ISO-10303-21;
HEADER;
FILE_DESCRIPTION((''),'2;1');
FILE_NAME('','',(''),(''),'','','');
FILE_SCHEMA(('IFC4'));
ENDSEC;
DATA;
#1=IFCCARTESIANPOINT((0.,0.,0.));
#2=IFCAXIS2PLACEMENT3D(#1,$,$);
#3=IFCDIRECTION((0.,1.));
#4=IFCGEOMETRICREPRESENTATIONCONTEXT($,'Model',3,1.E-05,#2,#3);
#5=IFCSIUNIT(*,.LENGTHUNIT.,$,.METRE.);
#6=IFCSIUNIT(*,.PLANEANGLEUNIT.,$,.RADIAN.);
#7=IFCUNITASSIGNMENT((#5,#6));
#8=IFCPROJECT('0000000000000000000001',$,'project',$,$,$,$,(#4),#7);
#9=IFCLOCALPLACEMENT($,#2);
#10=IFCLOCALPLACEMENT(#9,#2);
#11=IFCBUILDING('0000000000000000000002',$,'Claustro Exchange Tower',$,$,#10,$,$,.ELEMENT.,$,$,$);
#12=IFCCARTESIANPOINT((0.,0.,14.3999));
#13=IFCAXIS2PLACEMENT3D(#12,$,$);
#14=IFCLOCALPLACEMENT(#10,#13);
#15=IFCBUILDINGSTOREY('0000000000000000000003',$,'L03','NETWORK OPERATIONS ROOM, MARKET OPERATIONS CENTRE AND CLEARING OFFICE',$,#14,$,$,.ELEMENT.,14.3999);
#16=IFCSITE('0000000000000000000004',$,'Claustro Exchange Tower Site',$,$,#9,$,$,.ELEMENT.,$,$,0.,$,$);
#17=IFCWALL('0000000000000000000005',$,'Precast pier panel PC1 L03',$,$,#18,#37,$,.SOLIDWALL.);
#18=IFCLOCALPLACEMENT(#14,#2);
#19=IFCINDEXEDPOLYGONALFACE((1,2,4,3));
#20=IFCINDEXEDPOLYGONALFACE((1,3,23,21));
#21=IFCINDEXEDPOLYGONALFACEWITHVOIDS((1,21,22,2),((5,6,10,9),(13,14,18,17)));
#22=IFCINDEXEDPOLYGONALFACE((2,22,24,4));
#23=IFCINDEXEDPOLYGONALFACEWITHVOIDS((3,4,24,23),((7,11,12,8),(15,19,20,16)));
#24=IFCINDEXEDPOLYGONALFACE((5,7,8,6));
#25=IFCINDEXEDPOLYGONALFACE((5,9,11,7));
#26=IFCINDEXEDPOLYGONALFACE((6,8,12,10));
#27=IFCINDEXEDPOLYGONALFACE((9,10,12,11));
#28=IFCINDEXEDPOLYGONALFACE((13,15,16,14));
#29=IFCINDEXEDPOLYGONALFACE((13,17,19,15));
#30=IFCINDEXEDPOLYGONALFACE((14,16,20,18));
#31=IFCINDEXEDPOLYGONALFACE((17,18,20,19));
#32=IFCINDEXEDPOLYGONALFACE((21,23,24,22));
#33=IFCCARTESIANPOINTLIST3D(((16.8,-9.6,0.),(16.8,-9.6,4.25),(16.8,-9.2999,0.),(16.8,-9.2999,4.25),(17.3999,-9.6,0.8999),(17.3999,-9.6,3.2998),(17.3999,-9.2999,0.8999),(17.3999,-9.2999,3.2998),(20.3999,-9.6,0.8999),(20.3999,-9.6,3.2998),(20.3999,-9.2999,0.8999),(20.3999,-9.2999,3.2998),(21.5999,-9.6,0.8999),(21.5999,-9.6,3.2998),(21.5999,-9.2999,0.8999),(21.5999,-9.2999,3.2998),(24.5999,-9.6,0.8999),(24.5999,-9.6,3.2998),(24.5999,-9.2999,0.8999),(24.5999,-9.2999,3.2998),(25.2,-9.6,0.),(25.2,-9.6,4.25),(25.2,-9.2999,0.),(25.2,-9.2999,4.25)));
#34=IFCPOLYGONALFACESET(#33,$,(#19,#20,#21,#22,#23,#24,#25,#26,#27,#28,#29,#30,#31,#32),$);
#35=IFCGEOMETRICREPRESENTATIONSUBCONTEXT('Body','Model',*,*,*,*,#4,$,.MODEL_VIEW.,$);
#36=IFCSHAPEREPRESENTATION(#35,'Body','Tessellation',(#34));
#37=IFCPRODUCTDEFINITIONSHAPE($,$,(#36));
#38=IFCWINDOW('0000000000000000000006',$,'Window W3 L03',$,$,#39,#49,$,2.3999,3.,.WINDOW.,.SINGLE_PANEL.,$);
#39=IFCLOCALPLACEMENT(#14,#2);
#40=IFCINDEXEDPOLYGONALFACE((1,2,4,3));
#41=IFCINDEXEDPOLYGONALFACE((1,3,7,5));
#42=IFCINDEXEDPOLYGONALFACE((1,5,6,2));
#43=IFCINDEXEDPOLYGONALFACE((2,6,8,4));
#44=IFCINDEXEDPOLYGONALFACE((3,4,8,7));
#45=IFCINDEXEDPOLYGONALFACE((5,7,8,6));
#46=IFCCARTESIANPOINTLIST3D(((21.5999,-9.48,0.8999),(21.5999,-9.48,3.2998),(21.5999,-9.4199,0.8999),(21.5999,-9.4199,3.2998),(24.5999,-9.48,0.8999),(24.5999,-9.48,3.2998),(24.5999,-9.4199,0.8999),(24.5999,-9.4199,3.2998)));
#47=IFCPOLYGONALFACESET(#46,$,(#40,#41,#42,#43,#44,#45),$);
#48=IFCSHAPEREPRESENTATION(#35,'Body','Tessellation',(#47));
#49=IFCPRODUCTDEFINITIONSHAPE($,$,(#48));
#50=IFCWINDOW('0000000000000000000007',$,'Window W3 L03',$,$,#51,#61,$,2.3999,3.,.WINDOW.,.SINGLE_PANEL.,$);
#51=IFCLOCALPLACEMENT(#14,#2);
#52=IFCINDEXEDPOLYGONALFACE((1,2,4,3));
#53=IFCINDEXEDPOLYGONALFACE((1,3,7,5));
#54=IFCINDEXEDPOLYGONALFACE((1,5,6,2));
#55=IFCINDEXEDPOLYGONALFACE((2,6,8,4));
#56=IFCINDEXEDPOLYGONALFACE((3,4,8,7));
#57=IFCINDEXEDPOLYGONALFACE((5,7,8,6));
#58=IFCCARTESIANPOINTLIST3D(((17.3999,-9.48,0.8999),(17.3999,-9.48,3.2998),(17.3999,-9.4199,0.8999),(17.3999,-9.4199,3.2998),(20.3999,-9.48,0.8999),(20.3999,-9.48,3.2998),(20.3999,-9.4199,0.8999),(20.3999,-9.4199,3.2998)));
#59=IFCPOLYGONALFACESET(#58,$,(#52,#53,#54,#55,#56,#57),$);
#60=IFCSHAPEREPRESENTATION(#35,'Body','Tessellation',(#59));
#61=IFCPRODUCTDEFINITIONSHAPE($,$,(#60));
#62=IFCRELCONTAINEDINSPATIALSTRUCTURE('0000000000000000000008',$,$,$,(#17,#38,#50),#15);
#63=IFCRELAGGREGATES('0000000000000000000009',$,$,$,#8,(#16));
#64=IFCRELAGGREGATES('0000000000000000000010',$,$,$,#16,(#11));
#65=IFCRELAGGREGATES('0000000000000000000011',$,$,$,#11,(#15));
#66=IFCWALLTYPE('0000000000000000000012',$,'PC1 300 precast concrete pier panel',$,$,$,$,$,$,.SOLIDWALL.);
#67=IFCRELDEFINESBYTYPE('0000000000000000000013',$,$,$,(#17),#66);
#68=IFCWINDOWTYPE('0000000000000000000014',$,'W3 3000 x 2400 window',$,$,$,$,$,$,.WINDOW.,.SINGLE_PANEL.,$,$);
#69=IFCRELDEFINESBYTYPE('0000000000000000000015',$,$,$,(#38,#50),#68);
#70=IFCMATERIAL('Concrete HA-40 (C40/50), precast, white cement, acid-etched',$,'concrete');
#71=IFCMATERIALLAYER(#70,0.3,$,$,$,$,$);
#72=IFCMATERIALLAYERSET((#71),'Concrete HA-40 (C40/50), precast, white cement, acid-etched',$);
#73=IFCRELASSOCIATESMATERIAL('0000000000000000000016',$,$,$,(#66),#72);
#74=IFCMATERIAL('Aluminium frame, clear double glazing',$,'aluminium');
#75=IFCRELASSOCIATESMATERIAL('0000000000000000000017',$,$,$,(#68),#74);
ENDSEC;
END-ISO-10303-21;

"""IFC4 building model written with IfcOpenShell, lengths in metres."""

from ifc_helpers import new_model, si_unit, direction, frame, frame_2d, origin, place, context, subcontext, project, spatial, rectangle, extrude, material, layer, layer_set, type_object, element, fill, save


model = new_model("IFC4")

# Units and contexts
model_context = context("Model", 3, precision=1e-05, world=origin(), true_north=direction((0.0, 1.0)))
body_context = subcontext(model_context, "Body", "Model", "MODEL_VIEW")
ifc_project = project(units=[si_unit("LENGTHUNIT", "METRE"), si_unit("PLANEANGLEUNIT", "RADIAN")], contexts=[model_context])

# Site, building, storey
site_placement = place(None, origin())
site = spatial("IfcSite", under=ifc_project, at=site_placement, Name="Claustro Exchange Tower Site", CompositionType="ELEMENT", RefElevation=0.0)
building_placement = place(site_placement, origin())
building = spatial("IfcBuilding", under=site, at=building_placement, Name="Claustro Exchange Tower", CompositionType="ELEMENT")
storey_placement = place(building_placement, frame((0.0, 0.0, 14.3999)))
storey = spatial("IfcBuildingStorey", under=building, at=storey_placement, Name="L03", Description="NETWORK OPERATIONS ROOM, MARKET OPERATIONS CENTRE AND CLEARING OFFICE", CompositionType="ELEMENT", Elevation=14.3999)

# Wall, openings, windows
ifc_material_1 = material(Name="Concrete HA-40 (C40/50), precast, white cement, acid-etched", Category="concrete")
ifc_layer = layer(ifc_material_1, 0.3)
ifc_layer_set = layer_set([ifc_layer], Name="Concrete HA-40 (C40/50), precast, white cement, acid-etched")
wall_type = type_object("IfcWallType", Name="PC1 300 precast concrete pier panel", PredefinedType="SOLIDWALL", material=ifc_layer_set)
ifc_material_2 = material(Name="Aluminium frame, clear double glazing", Category="aluminium")
window_type = type_object("IfcWindowType", Name="W3 3000 x 2400 window", PartitioningType="SINGLE_PANEL", PredefinedType="WINDOW", material=ifc_material_2)
wall_1_placement = place(storey_placement, frame((25.2, -9.45, 0.0), z_axis=(0.0, 0.0, 1.0), x_axis=(-1.0, 0.0, 0.0)))
wall_1 = element("IfcWall", 1, at=wall_1_placement, inside=storey, type_object=wall_type, Name="Precast pier panel PC1 L03", PredefinedType="SOLIDWALL", context=body_context, shape_type="SweptSolid", body=[
    extrude(rectangle(XDim=8.3999, YDim=0.3, at=frame_2d((4.2, 0.0))), origin(), (0.0, 0.0, 1.0), 4.25),
])
opening_1_placement = place(wall_1_placement, frame((0.6001, 0.0, 0.8999)))
opening_1 = element("IfcOpeningElement", 2, at=opening_1_placement, cuts=wall_1, PredefinedType="OPENING", context=body_context, shape_type="SweptSolid", body=[
    extrude(rectangle(XDim=3.0, YDim=2.3999, at=frame_2d((1.5, 1.2))), frame((0.0, 0.1599, 0.0), z_axis=(0.0, -1.0, 0.0), x_axis=(1.0, 0.0, 0.0)), (0.0, 0.0, 1.0), 0.3201),
])
opening_2_placement = place(wall_1_placement, frame((4.8, 0.0, 0.8999)))
opening_2 = element("IfcOpeningElement", 3, at=opening_2_placement, cuts=wall_1, PredefinedType="OPENING", context=body_context, shape_type="SweptSolid", body=[
    extrude(rectangle(XDim=3.0, YDim=2.3999, at=frame_2d((1.5, 1.2))), frame((0.0, 0.1599, 0.0), z_axis=(0.0, -1.0, 0.0), x_axis=(1.0, 0.0, 0.0)), (0.0, 0.0, 1.0), 0.3201),
])
window_1_placement = place(opening_1_placement, origin())
window_1 = element("IfcWindow", 4, at=window_1_placement, inside=storey, type_object=window_type, Name="Window W3 L03", OverallHeight=2.3999, OverallWidth=3.0, PartitioningType="SINGLE_PANEL", PredefinedType="WINDOW", context=body_context, shape_type="SweptSolid", body=[
    extrude(rectangle(XDim=3.0, YDim=2.3999, at=frame_2d((1.5, 1.2))), frame((0.0, 0.03, 0.0), z_axis=(0.0, -1.0, 0.0), x_axis=(1.0, 0.0, 0.0)), (0.0, 0.0, 1.0), 0.0601),
])
fill(opening_1, window_1)
window_2_placement = place(opening_2_placement, origin())
window_2 = element("IfcWindow", 5, at=window_2_placement, inside=storey, type_object=window_type, Name="Window W3 L03", OverallHeight=2.3999, OverallWidth=3.0, PartitioningType="SINGLE_PANEL", PredefinedType="WINDOW", context=body_context, shape_type="SweptSolid", body=[
    extrude(rectangle(XDim=3.0, YDim=2.3999, at=frame_2d((1.5, 1.2))), frame((0.0, 0.03, 0.0), z_axis=(0.0, -1.0, 0.0), x_axis=(1.0, 0.0, 0.0)), (0.0, 0.0, 1.0), 0.0601),
])
fill(opening_2, window_2)

save(model, "model.ifc")
